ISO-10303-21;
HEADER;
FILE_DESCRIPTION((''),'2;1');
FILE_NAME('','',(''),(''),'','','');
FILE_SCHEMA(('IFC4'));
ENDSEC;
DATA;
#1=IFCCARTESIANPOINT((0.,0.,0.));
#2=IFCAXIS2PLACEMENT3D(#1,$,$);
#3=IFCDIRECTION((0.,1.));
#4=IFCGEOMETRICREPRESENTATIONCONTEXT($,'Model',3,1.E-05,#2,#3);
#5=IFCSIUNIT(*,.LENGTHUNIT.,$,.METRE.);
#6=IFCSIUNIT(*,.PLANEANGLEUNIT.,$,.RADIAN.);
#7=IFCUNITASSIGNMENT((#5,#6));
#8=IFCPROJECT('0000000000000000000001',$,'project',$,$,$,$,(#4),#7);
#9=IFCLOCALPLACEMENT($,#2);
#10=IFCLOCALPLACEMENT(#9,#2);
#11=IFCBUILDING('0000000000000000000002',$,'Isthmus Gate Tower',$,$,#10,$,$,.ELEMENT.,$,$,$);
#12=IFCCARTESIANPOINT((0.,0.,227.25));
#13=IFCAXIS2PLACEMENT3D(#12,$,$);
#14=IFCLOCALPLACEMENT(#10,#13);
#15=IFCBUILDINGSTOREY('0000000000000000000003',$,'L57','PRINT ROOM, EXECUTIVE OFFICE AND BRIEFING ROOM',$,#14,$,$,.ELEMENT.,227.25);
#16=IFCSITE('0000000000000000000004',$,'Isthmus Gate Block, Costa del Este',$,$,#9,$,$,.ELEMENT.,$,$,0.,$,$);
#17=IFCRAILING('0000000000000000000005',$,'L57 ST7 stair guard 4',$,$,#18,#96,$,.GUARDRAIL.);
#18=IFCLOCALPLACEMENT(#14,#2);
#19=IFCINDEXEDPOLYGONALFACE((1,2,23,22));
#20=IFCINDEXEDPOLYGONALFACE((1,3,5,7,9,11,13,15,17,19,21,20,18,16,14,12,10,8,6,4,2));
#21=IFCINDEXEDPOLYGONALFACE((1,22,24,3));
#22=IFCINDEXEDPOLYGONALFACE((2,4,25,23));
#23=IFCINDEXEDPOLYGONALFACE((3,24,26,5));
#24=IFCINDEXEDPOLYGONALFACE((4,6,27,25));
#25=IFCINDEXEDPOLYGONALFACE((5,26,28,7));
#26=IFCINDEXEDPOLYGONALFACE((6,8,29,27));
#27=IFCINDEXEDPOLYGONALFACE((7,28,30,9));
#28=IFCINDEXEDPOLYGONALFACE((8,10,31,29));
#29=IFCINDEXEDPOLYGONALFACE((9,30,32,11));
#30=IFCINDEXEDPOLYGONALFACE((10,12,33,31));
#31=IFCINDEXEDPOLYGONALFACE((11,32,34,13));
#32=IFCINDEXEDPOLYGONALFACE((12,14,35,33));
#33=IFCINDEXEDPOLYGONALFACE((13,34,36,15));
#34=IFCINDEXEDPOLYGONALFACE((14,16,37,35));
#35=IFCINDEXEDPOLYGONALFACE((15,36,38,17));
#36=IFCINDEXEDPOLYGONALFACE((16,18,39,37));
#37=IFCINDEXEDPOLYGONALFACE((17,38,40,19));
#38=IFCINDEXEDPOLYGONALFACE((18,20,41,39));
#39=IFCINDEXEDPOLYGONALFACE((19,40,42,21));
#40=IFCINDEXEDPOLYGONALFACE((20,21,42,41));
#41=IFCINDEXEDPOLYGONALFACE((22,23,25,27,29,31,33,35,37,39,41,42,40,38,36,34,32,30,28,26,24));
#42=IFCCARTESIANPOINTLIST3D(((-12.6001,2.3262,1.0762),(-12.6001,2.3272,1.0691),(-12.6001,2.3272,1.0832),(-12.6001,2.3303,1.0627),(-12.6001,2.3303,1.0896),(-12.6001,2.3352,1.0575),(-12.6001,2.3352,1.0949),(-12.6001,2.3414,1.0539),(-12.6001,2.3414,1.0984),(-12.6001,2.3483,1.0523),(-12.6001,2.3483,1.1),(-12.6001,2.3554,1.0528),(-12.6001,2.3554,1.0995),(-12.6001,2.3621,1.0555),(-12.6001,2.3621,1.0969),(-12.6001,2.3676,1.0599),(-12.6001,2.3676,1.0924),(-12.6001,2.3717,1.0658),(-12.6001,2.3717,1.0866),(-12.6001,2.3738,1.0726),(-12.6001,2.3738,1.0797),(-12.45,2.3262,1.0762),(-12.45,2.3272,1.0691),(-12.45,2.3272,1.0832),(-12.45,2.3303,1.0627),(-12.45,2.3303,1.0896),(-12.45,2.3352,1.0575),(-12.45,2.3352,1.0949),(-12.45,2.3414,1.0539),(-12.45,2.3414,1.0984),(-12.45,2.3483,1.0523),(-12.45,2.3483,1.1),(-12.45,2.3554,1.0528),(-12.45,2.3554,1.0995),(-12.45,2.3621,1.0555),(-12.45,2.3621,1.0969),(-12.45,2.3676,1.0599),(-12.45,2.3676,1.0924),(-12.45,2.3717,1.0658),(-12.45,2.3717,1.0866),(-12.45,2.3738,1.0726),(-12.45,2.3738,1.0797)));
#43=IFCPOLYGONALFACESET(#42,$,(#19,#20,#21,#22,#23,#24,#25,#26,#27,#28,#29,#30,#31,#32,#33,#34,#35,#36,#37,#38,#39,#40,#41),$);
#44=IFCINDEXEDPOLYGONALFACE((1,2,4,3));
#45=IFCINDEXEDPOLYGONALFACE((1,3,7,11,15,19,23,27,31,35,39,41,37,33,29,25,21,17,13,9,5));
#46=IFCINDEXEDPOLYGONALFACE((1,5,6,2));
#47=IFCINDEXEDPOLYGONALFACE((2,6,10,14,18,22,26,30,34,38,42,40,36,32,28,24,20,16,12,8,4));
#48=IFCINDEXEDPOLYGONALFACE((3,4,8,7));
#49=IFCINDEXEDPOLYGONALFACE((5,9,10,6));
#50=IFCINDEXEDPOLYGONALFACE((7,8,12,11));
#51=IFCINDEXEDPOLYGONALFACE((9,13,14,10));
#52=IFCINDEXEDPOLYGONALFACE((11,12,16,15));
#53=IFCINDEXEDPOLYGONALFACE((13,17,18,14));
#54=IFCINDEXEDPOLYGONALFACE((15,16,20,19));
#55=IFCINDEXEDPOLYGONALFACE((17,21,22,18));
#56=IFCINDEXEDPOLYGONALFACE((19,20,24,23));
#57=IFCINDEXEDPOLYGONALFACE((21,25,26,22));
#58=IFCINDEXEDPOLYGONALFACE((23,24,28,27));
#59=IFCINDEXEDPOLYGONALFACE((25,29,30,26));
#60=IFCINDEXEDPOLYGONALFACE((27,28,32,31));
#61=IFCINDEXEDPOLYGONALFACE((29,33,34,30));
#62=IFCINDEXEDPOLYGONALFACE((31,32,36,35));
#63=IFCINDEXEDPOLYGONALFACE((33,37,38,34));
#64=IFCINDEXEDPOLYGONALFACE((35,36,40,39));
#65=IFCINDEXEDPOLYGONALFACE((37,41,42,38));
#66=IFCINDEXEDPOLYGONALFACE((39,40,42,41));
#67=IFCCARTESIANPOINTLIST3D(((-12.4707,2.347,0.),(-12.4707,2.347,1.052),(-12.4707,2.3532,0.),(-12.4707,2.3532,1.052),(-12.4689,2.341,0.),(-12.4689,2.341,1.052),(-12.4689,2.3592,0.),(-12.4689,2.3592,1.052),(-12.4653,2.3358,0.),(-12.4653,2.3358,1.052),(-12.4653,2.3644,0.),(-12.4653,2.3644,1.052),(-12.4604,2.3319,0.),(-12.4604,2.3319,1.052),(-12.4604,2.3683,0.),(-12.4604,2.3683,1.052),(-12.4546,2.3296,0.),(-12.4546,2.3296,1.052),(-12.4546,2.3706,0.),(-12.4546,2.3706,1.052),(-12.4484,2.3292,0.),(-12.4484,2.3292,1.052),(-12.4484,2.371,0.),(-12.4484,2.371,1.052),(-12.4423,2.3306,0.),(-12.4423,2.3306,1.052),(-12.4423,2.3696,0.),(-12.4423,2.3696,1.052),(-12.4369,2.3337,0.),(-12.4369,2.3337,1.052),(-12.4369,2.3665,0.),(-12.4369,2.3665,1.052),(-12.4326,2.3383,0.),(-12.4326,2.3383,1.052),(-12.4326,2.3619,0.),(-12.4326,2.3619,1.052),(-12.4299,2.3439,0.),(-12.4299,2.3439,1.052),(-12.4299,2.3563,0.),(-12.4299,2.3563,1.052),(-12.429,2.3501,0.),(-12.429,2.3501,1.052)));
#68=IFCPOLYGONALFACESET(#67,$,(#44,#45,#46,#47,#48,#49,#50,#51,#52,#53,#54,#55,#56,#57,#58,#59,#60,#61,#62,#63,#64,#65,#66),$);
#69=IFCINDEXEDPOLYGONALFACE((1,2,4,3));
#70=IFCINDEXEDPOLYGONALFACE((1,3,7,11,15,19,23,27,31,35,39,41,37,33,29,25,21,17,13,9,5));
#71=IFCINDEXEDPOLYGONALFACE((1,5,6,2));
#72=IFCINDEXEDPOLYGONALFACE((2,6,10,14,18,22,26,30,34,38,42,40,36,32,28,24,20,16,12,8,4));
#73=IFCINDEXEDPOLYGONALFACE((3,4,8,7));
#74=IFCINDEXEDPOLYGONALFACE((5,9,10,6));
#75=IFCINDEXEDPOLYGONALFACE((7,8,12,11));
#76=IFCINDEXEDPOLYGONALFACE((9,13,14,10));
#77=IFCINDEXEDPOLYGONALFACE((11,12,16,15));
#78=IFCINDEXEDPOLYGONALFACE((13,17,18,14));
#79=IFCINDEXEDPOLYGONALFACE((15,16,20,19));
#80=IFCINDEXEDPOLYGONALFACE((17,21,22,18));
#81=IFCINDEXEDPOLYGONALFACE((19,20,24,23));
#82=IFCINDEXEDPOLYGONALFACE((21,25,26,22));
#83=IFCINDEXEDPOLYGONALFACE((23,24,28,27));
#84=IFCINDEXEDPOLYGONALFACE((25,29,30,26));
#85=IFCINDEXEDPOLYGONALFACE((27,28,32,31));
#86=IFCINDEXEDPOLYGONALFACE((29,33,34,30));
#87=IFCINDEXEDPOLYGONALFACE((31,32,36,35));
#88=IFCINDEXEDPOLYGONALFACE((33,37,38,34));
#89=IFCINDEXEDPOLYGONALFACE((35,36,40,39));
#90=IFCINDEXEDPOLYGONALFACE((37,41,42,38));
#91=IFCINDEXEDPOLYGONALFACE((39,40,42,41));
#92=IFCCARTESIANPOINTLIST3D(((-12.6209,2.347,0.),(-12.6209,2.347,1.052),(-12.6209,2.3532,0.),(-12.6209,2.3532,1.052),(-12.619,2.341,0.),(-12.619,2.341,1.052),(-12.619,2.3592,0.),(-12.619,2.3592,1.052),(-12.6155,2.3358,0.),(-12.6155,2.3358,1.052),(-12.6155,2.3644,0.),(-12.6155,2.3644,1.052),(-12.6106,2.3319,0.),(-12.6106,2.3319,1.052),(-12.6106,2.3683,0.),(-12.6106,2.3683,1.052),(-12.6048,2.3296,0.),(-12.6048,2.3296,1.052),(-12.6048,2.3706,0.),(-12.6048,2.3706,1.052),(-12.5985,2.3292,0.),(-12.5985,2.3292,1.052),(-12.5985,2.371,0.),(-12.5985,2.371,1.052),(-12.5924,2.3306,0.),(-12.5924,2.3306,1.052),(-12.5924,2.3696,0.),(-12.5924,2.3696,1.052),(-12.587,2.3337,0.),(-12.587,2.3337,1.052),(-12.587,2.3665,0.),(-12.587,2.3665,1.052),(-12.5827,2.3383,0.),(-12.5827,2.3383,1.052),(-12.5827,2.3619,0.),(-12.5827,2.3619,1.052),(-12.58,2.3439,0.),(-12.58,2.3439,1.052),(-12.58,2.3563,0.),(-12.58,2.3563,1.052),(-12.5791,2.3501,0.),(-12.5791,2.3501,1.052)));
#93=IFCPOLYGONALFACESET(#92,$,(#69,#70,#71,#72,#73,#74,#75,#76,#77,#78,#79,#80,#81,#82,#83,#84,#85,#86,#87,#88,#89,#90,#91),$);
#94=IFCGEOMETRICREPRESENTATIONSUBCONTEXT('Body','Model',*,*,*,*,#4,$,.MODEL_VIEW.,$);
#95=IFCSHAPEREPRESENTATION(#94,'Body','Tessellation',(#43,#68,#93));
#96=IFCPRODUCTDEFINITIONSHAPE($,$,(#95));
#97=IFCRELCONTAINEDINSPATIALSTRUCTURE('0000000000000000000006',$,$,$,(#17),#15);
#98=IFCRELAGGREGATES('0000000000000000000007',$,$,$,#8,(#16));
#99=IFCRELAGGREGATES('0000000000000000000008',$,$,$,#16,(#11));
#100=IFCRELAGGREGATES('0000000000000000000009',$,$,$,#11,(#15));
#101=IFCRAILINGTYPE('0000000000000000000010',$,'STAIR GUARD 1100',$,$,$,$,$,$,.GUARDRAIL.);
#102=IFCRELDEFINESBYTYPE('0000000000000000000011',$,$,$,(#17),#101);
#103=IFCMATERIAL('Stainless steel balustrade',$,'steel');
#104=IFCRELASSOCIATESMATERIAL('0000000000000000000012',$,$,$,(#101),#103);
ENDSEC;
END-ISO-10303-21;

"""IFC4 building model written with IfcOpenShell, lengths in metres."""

from ifc_helpers import new_model, si_unit, direction, frame, origin, origin_2d, place, context, subcontext, project, spatial, circle, extrude, material, type_object, element, save


model = new_model("IFC4")

# Units and contexts
model_context = context("Model", 3, precision=1e-05, world=origin(), true_north=direction((0.0, 1.0)))
body_context = subcontext(model_context, "Body", "Model", "MODEL_VIEW")
ifc_project = project(units=[si_unit("LENGTHUNIT", "METRE"), si_unit("PLANEANGLEUNIT", "RADIAN")], contexts=[model_context])

# Site, building, storey
site_placement = place(None, origin())
site = spatial("IfcSite", under=ifc_project, at=site_placement, Name="Isthmus Gate Block, Costa del Este", CompositionType="ELEMENT", RefElevation=0.0)
building_placement = place(site_placement, origin())
building = spatial("IfcBuilding", under=site, at=building_placement, Name="Isthmus Gate Tower", CompositionType="ELEMENT")
storey_placement = place(building_placement, frame((0.0, 0.0, 227.25)))
storey = spatial("IfcBuildingStorey", under=building, at=storey_placement, Name="L57", Description="PRINT ROOM, EXECUTIVE OFFICE AND BRIEFING ROOM", CompositionType="ELEMENT", Elevation=227.25)

# Railing
ifc_material_1 = material(Name="Stainless steel balustrade", Category="steel")
railing_type_1 = type_object("IfcRailingType", Name="STAIR GUARD 1100", PredefinedType="GUARDRAIL", material=ifc_material_1)
railing_1_placement = place(storey_placement, frame((-12.45, 2.3501, 0.0)))
element("IfcRailing", 1, at=railing_1_placement, inside=storey, type_object=railing_type_1, Name="L57 ST7 stair guard 4", PredefinedType="GUARDRAIL", context=body_context, shape_type="SweptSolid", body=[
    extrude(circle(Radius=0.0239, at=origin_2d()), frame((0.0, 0.0, 1.0762), z_axis=(-1.0, 0.0, 0.0), x_axis=(0.0, -1.0, 0.0)), (0.0, 0.0, 1.0), 0.1501),
    extrude(circle(Radius=0.021, at=origin_2d()), origin(), (0.0, 0.0, 1.0), 1.052),
    extrude(circle(Radius=0.021, at=origin_2d()), frame((-0.1501, 0.0, 0.0)), (0.0, 0.0, 1.0), 1.052),
])

save(model, "model.ifc")
